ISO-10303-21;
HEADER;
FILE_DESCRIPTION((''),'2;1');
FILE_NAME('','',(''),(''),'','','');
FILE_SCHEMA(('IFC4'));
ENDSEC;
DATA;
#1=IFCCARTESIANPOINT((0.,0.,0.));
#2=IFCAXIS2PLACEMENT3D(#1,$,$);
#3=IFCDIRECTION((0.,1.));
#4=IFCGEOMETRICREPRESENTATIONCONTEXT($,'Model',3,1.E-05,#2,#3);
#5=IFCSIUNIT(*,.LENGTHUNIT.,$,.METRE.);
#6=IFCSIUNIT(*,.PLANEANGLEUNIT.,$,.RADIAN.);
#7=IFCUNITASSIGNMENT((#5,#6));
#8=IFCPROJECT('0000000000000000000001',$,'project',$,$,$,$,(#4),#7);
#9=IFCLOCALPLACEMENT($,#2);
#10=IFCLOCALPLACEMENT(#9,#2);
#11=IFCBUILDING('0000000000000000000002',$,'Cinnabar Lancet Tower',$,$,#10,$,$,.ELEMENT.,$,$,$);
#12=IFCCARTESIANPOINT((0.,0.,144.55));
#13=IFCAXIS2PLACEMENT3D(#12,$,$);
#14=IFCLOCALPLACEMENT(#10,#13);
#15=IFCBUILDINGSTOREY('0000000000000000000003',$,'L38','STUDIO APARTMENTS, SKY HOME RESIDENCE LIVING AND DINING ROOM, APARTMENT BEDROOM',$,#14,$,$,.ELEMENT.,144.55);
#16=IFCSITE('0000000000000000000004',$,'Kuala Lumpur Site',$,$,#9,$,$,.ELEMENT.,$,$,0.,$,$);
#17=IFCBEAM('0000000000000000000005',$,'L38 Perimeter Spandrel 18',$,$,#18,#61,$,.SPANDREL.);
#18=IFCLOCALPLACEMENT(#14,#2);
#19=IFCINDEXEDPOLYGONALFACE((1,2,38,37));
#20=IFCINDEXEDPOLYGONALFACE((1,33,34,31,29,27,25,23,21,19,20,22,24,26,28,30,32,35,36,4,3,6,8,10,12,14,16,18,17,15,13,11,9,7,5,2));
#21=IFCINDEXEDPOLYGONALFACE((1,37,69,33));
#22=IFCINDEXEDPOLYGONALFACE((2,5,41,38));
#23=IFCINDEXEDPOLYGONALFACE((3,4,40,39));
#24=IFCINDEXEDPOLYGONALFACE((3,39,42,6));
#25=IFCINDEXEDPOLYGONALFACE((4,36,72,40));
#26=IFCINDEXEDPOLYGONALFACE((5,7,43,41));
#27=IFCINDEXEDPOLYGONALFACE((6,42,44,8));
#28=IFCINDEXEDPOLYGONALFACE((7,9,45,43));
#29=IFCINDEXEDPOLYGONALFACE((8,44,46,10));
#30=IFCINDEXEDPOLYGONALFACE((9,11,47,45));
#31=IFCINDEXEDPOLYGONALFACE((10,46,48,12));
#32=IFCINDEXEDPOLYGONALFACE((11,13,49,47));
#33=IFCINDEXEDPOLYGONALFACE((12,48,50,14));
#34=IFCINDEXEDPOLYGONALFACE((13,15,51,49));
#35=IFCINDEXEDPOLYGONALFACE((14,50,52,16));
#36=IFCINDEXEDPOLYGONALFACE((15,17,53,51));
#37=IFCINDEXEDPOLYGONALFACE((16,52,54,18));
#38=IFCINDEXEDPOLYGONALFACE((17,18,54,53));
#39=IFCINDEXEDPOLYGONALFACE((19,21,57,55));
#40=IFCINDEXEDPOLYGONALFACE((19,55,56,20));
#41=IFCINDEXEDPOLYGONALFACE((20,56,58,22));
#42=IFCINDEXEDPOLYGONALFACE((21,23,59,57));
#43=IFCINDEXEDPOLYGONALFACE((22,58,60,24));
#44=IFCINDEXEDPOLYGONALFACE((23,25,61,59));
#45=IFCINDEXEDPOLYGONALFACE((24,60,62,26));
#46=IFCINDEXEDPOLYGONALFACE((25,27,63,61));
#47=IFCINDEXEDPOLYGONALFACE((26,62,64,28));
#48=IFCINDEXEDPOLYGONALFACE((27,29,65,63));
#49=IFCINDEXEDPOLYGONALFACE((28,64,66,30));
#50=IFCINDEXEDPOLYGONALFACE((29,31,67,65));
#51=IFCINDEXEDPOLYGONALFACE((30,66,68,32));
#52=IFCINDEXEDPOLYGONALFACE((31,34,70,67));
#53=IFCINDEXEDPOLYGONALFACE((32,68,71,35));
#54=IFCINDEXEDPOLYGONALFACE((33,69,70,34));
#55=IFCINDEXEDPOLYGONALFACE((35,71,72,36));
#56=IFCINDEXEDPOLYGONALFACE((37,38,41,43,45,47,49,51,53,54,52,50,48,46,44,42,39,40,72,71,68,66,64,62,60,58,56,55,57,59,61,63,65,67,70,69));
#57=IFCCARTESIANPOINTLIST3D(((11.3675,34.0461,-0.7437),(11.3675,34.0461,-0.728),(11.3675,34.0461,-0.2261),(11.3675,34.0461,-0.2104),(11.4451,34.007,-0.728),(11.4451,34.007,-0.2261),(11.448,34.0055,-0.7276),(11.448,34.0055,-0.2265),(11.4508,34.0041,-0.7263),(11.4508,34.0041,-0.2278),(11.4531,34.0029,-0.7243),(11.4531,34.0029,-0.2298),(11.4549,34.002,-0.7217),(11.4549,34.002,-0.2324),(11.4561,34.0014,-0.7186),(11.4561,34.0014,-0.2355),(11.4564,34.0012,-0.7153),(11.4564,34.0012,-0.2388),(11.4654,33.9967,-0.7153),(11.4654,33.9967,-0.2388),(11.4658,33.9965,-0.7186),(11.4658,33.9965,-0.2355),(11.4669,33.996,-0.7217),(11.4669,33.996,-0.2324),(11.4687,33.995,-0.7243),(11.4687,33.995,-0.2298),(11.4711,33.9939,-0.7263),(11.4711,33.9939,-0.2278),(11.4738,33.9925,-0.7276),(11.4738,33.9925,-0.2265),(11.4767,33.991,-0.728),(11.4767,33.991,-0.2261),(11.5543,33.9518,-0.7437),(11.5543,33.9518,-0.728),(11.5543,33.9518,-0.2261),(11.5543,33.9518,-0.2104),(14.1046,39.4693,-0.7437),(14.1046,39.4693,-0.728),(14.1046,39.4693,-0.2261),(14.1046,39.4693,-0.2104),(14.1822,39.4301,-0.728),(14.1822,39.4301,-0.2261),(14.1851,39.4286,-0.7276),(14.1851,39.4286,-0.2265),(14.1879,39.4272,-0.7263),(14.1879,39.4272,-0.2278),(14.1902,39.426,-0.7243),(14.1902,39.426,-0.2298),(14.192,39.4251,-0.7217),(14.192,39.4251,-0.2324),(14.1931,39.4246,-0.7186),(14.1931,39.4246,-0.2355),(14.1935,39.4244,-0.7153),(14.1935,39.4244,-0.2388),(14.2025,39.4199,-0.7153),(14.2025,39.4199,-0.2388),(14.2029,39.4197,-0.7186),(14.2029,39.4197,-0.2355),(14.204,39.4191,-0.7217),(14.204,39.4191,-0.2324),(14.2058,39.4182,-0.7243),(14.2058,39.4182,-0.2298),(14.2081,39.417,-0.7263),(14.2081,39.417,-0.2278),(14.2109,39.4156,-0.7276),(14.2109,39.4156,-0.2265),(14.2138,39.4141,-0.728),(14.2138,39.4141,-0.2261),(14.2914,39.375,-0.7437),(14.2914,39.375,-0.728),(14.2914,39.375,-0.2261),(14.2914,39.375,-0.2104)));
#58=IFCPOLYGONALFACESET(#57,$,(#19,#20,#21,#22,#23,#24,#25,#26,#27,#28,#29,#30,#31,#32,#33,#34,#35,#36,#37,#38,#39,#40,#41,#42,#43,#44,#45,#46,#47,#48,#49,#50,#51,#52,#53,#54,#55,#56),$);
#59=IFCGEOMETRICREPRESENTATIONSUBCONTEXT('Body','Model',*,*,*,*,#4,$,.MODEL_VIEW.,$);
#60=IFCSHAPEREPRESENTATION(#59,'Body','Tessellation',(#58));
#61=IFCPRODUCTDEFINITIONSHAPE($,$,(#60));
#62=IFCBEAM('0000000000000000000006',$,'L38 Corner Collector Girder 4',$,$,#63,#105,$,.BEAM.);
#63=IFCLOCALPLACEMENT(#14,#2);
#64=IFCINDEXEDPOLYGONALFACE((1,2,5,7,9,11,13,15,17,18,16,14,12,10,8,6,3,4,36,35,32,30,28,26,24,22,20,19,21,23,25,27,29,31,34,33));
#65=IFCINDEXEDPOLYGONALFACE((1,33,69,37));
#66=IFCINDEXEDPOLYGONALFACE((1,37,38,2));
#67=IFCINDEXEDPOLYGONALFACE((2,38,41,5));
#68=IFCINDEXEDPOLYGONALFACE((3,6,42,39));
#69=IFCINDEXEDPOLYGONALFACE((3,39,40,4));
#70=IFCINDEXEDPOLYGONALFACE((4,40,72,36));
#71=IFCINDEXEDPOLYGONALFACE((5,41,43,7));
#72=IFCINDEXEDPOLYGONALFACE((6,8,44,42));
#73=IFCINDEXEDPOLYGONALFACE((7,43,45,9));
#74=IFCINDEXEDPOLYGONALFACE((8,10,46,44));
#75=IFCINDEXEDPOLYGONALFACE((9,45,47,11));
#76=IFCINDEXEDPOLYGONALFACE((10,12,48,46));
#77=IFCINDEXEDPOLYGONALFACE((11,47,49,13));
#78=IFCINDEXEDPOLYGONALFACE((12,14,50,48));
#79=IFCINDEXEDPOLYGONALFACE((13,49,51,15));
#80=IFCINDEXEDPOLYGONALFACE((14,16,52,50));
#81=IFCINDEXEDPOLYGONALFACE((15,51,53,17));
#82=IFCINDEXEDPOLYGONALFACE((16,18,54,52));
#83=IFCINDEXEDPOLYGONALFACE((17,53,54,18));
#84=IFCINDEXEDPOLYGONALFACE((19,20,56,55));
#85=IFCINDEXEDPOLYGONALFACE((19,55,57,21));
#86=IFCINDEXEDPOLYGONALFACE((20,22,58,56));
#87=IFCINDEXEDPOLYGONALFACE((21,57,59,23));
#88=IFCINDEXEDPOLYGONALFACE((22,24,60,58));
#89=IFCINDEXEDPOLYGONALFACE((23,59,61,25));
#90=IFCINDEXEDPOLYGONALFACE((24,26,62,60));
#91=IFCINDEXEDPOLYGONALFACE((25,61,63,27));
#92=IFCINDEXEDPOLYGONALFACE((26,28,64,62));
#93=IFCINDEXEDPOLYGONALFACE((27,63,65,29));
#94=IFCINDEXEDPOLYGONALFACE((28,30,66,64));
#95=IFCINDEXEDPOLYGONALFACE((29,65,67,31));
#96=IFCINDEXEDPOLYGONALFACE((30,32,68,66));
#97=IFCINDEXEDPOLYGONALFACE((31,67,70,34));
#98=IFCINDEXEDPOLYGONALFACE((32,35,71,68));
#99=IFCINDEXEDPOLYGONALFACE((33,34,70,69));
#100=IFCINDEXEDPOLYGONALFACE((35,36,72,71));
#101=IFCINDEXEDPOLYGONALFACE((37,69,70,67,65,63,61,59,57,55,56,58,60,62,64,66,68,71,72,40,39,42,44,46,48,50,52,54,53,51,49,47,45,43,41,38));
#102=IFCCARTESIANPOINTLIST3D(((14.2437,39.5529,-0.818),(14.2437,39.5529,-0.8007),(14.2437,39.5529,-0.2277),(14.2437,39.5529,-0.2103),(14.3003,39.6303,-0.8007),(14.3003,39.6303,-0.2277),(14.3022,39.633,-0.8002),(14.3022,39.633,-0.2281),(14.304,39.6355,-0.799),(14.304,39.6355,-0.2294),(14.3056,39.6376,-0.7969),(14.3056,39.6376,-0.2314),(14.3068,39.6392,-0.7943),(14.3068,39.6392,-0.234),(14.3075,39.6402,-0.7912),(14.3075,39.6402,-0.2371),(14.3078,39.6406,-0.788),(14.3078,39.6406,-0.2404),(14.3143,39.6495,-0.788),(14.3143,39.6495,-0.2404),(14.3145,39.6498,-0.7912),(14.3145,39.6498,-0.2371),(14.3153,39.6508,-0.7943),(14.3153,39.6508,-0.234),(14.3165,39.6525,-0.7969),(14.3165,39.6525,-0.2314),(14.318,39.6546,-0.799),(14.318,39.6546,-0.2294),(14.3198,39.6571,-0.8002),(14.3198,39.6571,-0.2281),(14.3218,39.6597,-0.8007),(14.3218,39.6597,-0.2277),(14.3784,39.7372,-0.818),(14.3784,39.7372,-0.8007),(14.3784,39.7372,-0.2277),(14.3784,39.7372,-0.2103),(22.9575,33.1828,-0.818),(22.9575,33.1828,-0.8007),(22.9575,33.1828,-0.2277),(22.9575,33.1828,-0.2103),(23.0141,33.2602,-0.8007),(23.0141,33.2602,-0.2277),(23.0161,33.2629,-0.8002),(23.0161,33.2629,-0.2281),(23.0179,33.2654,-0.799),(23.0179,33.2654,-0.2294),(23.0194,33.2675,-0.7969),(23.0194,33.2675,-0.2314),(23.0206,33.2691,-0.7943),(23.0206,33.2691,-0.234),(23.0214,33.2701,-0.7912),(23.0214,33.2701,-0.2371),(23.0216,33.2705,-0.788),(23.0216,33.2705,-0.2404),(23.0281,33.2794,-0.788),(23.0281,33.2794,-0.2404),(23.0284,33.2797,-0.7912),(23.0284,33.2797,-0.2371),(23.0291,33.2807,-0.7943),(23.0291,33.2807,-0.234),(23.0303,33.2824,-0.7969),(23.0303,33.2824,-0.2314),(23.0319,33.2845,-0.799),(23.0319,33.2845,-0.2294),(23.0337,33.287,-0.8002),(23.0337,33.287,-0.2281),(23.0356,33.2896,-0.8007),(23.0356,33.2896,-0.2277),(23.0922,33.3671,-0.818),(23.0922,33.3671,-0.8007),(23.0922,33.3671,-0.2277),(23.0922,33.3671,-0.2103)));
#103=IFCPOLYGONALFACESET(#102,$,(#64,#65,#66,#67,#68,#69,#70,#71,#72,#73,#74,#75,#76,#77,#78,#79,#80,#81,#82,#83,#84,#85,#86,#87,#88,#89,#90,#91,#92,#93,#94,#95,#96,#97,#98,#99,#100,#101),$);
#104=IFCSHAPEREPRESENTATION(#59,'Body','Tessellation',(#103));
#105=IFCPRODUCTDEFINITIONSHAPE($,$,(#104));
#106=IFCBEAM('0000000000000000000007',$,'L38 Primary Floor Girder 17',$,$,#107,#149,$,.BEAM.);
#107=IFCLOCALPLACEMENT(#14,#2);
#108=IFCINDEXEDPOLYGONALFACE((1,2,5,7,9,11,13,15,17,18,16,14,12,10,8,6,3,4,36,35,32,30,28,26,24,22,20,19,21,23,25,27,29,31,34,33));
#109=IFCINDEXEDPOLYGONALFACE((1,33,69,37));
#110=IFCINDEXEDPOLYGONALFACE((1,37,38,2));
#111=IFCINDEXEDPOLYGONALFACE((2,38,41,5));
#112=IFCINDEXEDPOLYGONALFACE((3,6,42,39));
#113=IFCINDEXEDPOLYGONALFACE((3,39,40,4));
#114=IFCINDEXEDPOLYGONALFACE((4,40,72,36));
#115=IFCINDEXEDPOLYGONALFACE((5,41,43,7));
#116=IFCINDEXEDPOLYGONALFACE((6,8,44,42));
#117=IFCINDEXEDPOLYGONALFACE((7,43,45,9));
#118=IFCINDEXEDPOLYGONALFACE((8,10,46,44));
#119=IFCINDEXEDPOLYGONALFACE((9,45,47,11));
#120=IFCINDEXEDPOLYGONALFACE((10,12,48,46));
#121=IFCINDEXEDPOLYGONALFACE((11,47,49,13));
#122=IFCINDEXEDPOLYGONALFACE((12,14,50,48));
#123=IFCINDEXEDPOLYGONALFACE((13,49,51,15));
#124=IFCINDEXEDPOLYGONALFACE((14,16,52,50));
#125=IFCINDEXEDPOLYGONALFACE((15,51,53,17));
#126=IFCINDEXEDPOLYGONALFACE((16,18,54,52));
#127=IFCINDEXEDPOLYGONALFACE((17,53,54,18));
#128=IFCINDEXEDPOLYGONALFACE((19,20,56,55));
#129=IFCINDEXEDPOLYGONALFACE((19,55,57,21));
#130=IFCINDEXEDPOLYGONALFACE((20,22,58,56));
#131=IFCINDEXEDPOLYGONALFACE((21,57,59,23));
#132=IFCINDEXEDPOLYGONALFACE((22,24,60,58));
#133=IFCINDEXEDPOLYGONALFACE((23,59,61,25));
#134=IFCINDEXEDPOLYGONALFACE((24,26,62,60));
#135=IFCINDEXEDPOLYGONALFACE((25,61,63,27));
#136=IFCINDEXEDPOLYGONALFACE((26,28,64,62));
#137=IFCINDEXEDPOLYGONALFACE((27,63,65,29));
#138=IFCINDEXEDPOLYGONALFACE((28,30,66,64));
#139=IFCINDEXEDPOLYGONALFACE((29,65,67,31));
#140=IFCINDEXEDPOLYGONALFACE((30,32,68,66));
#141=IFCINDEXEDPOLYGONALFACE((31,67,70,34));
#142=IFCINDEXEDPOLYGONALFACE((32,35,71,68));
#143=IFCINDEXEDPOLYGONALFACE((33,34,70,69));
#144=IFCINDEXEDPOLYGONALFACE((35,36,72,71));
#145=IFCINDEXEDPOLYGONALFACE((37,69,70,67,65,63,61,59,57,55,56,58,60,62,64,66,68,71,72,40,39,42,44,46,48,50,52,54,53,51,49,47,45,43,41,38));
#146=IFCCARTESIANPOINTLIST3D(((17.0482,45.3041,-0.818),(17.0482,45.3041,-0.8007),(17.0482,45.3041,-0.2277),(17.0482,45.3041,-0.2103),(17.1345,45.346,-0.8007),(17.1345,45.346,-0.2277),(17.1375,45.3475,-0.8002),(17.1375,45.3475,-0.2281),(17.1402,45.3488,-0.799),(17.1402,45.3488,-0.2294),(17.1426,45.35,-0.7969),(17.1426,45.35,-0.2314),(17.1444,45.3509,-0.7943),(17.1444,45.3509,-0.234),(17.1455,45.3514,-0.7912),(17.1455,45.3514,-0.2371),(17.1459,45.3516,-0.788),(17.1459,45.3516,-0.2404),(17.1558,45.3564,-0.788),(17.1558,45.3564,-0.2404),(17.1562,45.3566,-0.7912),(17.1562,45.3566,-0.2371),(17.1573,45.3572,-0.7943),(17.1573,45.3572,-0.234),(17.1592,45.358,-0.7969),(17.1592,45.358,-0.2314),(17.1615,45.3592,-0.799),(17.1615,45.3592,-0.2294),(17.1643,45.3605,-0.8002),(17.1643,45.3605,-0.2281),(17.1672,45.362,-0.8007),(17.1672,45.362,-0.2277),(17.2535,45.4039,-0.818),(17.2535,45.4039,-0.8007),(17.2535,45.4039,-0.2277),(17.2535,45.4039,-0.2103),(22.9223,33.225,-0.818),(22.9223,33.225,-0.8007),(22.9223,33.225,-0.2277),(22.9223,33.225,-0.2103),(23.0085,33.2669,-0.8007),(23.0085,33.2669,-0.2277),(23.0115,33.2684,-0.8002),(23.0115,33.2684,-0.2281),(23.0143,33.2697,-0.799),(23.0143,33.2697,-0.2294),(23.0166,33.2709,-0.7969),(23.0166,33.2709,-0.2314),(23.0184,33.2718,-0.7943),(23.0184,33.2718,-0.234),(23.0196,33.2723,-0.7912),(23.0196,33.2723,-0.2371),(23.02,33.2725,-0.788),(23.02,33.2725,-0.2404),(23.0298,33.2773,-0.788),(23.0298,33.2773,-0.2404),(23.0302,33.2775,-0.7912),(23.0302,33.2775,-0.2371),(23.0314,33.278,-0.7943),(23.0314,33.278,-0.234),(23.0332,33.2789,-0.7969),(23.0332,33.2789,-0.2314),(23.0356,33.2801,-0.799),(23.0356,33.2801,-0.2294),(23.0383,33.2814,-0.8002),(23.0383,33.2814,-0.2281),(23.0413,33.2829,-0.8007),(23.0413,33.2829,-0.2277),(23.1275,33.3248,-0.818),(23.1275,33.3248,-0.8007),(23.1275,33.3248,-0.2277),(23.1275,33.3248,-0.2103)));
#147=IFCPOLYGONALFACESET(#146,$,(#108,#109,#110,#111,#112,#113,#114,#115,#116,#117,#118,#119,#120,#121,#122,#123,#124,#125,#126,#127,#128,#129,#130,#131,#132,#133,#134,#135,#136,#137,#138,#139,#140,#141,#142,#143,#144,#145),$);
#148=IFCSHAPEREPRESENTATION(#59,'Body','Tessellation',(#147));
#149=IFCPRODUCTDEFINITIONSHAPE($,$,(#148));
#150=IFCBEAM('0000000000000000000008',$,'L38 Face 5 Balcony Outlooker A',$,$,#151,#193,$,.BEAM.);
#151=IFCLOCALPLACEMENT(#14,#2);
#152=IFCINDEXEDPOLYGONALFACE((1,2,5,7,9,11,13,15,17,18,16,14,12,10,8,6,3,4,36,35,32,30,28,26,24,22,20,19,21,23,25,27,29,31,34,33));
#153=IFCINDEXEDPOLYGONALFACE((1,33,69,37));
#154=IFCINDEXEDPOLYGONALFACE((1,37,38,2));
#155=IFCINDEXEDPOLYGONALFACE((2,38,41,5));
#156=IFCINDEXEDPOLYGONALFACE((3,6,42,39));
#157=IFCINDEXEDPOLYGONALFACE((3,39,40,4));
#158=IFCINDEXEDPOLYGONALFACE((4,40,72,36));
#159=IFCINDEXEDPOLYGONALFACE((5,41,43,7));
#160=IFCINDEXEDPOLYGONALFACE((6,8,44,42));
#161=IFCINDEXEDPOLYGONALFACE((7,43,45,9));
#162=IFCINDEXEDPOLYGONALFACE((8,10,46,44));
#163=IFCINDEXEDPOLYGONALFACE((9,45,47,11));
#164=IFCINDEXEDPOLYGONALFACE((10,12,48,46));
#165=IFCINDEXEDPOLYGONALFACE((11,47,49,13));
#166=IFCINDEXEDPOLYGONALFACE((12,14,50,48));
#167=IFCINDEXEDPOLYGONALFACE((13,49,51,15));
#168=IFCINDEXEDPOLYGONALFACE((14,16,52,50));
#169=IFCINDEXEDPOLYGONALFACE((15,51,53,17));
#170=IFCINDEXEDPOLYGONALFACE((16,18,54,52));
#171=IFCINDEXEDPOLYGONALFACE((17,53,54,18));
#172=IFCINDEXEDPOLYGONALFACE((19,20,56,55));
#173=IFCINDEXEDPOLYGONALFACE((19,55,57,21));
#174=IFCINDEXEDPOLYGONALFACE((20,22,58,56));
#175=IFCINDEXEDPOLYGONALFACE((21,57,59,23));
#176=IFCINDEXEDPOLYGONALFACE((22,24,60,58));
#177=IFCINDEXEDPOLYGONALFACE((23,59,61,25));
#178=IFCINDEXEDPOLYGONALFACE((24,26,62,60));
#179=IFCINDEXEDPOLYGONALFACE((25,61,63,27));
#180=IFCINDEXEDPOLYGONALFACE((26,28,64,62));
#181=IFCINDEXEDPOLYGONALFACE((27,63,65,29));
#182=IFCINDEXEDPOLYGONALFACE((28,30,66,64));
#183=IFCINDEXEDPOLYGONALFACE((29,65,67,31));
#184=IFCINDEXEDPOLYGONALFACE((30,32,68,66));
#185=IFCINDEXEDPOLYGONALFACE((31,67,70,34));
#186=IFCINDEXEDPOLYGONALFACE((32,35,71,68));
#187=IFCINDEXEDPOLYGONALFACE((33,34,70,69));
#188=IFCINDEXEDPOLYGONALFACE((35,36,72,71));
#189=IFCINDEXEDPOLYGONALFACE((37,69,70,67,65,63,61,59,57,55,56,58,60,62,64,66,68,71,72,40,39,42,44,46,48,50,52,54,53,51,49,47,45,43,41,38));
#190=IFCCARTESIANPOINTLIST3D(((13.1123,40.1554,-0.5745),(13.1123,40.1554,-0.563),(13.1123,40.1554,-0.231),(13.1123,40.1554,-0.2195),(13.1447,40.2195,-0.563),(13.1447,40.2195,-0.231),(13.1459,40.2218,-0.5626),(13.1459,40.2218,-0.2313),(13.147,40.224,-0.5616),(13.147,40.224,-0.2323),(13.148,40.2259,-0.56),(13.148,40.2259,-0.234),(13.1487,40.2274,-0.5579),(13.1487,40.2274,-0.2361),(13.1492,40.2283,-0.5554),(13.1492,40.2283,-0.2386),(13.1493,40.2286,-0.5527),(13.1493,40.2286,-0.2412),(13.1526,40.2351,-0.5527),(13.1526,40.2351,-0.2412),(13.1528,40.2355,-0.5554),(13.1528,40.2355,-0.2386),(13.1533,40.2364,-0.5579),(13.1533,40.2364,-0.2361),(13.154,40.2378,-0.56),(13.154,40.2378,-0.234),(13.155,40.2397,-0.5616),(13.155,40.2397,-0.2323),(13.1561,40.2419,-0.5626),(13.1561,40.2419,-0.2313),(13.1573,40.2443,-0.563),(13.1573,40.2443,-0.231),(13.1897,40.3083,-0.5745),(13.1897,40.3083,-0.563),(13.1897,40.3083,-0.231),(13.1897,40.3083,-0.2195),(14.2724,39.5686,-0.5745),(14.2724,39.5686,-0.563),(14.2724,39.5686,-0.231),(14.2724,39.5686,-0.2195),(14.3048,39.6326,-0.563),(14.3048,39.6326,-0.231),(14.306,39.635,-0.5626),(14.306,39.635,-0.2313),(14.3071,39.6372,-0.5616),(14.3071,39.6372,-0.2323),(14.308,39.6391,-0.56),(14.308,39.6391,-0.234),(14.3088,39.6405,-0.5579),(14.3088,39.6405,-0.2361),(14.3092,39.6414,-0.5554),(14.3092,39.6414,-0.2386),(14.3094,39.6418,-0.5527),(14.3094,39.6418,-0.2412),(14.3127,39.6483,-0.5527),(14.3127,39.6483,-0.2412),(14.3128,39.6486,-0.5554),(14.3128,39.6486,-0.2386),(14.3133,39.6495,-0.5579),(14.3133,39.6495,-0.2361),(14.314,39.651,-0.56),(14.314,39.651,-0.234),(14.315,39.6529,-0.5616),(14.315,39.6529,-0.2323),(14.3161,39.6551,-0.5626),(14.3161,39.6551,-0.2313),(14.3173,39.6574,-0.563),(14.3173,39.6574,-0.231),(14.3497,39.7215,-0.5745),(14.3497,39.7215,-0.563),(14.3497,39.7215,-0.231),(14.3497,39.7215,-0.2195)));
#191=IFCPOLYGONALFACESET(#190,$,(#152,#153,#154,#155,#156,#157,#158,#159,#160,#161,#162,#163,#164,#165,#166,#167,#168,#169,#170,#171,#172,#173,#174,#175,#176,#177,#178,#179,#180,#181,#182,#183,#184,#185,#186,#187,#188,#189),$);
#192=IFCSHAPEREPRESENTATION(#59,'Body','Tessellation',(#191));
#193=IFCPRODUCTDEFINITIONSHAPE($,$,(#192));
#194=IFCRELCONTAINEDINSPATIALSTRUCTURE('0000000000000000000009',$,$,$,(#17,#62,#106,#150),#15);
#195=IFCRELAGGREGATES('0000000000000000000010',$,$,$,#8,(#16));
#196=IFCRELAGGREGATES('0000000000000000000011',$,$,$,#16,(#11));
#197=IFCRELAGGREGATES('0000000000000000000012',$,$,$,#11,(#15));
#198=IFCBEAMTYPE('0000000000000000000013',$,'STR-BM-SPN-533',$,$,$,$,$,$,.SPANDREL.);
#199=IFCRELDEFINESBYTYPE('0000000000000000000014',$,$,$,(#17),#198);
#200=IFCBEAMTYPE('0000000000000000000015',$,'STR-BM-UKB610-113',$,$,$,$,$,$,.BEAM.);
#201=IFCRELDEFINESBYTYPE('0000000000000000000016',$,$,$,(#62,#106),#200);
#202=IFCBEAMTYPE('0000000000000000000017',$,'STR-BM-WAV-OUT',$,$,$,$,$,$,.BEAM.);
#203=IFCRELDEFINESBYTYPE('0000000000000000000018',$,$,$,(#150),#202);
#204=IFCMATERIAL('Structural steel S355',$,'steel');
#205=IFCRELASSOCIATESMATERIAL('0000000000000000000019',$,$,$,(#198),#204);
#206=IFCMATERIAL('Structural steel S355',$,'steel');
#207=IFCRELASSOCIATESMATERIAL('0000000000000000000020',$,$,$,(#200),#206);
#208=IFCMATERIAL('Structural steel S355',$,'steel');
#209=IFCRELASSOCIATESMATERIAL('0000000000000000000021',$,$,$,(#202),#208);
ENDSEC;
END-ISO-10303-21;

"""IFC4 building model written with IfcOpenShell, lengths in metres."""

from ifc_helpers import new_model, si_unit, direction, frame, origin, origin_2d, place, context, subcontext, project, spatial, i_section, extrude, material, material_profile, profile_set, type_object, element, save


model = new_model("IFC4")

# Units and contexts
model_context = context("Model", 3, precision=1e-05, world=origin(), true_north=direction((0.0, 1.0)))
body_context = subcontext(model_context, "Body", "Model", "MODEL_VIEW")
ifc_project = project(units=[si_unit("LENGTHUNIT", "METRE"), si_unit("PLANEANGLEUNIT", "RADIAN")], contexts=[model_context])

# Site, building, storey
site_placement = place(None, origin())
site = spatial("IfcSite", under=ifc_project, at=site_placement, Name="Kuala Lumpur Site", CompositionType="ELEMENT", RefElevation=0.0)
building_placement = place(site_placement, origin())
building = spatial("IfcBuilding", under=site, at=building_placement, Name="Cinnabar Lancet Tower", CompositionType="ELEMENT")
storey_placement = place(building_placement, frame((0.0, 0.0, 144.55)))
storey = spatial("IfcBuildingStorey", under=building, at=storey_placement, Name="L38", Description="STUDIO APARTMENTS, SKY HOME RESIDENCE LIVING AND DINING ROOM, APARTMENT BEDROOM", CompositionType="ELEMENT", Elevation=144.55)

# Beams
ifc_material_1 = material(Name="Structural steel S355", Category="steel")
ifc_material_profile_1 = material_profile(ifc_material_1, i_section(OverallWidth=0.2092, OverallDepth=0.5332, WebThickness=0.01, FlangeThickness=0.0156, FilletRadius=0.0127, at=origin_2d()), Name="UKB 533x210x92")
ifc_profile_set_1 = profile_set([ifc_material_profile_1], Name="Structural steel S355")
beam_type_1 = type_object("IfcBeamType", Name="STR-BM-SPN-533", PredefinedType="SPANDREL", material=ifc_profile_set_1)
beam_1_placement = place(storey_placement, frame((14.198, 39.4221, -0.4771), z_axis=(-0.45057, -0.892741, 0.0), x_axis=(0.892741, -0.45057, 0.0)))
element("IfcBeam", 1, at=beam_1_placement, inside=storey, type_object=beam_type_1, Name="L38 Perimeter Spandrel 18", PredefinedType="SPANDREL", context=body_context, shape_type="SweptSolid", body=[
    extrude(i_section(OverallWidth=0.2092, OverallDepth=0.5332, WebThickness=0.01, FlangeThickness=0.0156, FilletRadius=0.0127, at=origin_2d()), origin(), (0.0, 0.0, 1.0), 6.0747),
])
ifc_material_2 = material(Name="Structural steel S355", Category="steel")
ifc_material_profile_2 = material_profile(ifc_material_2, i_section(OverallWidth=0.2283, OverallDepth=0.6077, WebThickness=0.011, FlangeThickness=0.0173, FilletRadius=0.0127, at=origin_2d()), Name="UKB 610x229x113")
ifc_profile_set_2 = profile_set([ifc_material_profile_2], Name="Structural steel S355")
beam_type_2 = type_object("IfcBeamType", Name="STR-BM-UKB610-113", PredefinedType="BEAM", material=ifc_profile_set_2)
beam_2_placement = place(storey_placement, frame((14.311, 39.645, -0.5142), z_axis=(0.80729, -0.590155, 0.0), x_axis=(0.590155, 0.80729, 0.0)))
element("IfcBeam", 2, at=beam_2_placement, inside=storey, type_object=beam_type_2, Name="L38 Corner Collector Girder 4", PredefinedType="BEAM", context=body_context, shape_type="SweptSolid", body=[
    extrude(i_section(OverallWidth=0.2283, OverallDepth=0.6077, WebThickness=0.011, FlangeThickness=0.0173, FilletRadius=0.0127, at=origin_2d()), origin(), (0.0, 0.0, 1.0), 10.7939),
])
beam_3_placement = place(storey_placement, frame((17.1509, 45.354, -0.5142), z_axis=(0.437327, -0.899302, 0.0), x_axis=(0.899302, 0.437327, 0.0)))
element("IfcBeam", 3, at=beam_3_placement, inside=storey, type_object=beam_type_2, Name="L38 Primary Floor Girder 17", PredefinedType="BEAM", context=body_context, shape_type="SweptSolid", body=[
    extrude(i_section(OverallWidth=0.2283, OverallDepth=0.6077, WebThickness=0.011, FlangeThickness=0.0173, FilletRadius=0.0127, at=origin_2d()), origin(), (0.0, 0.0, 1.0), 13.4316),
])
ifc_material_3 = material(Name="Structural steel S355", Category="steel")
ifc_material_profile_3 = material_profile(ifc_material_3, i_section(OverallWidth=0.1714, OverallDepth=0.355, WebThickness=0.0073, FlangeThickness=0.0115, FilletRadius=0.0103, at=origin_2d()), Name="UKB 356x171x51")
ifc_profile_set_3 = profile_set([ifc_material_profile_3], Name="Structural steel S355")
beam_type_3 = type_object("IfcBeamType", Name="STR-BM-WAV-OUT", PredefinedType="BEAM", material=ifc_profile_set_3)
beam_4_placement = place(storey_placement, frame((14.311, 39.645, -0.397), z_axis=(-0.892314, 0.451415, 0.0), x_axis=(-0.451415, -0.892314, 0.0)))
element("IfcBeam", 4, at=beam_4_placement, inside=storey, type_object=beam_type_3, Name="L38 Face 5 Balcony Outlooker A", PredefinedType="BEAM", context=body_context, shape_type="SweptSolid", body=[
    extrude(i_section(OverallWidth=0.1714, OverallDepth=0.355, WebThickness=0.0073, FlangeThickness=0.0115, FilletRadius=0.0103, at=origin_2d()), origin(), (0.0, 0.0, 1.0), 1.3),
])

save(model, "model.ifc")
